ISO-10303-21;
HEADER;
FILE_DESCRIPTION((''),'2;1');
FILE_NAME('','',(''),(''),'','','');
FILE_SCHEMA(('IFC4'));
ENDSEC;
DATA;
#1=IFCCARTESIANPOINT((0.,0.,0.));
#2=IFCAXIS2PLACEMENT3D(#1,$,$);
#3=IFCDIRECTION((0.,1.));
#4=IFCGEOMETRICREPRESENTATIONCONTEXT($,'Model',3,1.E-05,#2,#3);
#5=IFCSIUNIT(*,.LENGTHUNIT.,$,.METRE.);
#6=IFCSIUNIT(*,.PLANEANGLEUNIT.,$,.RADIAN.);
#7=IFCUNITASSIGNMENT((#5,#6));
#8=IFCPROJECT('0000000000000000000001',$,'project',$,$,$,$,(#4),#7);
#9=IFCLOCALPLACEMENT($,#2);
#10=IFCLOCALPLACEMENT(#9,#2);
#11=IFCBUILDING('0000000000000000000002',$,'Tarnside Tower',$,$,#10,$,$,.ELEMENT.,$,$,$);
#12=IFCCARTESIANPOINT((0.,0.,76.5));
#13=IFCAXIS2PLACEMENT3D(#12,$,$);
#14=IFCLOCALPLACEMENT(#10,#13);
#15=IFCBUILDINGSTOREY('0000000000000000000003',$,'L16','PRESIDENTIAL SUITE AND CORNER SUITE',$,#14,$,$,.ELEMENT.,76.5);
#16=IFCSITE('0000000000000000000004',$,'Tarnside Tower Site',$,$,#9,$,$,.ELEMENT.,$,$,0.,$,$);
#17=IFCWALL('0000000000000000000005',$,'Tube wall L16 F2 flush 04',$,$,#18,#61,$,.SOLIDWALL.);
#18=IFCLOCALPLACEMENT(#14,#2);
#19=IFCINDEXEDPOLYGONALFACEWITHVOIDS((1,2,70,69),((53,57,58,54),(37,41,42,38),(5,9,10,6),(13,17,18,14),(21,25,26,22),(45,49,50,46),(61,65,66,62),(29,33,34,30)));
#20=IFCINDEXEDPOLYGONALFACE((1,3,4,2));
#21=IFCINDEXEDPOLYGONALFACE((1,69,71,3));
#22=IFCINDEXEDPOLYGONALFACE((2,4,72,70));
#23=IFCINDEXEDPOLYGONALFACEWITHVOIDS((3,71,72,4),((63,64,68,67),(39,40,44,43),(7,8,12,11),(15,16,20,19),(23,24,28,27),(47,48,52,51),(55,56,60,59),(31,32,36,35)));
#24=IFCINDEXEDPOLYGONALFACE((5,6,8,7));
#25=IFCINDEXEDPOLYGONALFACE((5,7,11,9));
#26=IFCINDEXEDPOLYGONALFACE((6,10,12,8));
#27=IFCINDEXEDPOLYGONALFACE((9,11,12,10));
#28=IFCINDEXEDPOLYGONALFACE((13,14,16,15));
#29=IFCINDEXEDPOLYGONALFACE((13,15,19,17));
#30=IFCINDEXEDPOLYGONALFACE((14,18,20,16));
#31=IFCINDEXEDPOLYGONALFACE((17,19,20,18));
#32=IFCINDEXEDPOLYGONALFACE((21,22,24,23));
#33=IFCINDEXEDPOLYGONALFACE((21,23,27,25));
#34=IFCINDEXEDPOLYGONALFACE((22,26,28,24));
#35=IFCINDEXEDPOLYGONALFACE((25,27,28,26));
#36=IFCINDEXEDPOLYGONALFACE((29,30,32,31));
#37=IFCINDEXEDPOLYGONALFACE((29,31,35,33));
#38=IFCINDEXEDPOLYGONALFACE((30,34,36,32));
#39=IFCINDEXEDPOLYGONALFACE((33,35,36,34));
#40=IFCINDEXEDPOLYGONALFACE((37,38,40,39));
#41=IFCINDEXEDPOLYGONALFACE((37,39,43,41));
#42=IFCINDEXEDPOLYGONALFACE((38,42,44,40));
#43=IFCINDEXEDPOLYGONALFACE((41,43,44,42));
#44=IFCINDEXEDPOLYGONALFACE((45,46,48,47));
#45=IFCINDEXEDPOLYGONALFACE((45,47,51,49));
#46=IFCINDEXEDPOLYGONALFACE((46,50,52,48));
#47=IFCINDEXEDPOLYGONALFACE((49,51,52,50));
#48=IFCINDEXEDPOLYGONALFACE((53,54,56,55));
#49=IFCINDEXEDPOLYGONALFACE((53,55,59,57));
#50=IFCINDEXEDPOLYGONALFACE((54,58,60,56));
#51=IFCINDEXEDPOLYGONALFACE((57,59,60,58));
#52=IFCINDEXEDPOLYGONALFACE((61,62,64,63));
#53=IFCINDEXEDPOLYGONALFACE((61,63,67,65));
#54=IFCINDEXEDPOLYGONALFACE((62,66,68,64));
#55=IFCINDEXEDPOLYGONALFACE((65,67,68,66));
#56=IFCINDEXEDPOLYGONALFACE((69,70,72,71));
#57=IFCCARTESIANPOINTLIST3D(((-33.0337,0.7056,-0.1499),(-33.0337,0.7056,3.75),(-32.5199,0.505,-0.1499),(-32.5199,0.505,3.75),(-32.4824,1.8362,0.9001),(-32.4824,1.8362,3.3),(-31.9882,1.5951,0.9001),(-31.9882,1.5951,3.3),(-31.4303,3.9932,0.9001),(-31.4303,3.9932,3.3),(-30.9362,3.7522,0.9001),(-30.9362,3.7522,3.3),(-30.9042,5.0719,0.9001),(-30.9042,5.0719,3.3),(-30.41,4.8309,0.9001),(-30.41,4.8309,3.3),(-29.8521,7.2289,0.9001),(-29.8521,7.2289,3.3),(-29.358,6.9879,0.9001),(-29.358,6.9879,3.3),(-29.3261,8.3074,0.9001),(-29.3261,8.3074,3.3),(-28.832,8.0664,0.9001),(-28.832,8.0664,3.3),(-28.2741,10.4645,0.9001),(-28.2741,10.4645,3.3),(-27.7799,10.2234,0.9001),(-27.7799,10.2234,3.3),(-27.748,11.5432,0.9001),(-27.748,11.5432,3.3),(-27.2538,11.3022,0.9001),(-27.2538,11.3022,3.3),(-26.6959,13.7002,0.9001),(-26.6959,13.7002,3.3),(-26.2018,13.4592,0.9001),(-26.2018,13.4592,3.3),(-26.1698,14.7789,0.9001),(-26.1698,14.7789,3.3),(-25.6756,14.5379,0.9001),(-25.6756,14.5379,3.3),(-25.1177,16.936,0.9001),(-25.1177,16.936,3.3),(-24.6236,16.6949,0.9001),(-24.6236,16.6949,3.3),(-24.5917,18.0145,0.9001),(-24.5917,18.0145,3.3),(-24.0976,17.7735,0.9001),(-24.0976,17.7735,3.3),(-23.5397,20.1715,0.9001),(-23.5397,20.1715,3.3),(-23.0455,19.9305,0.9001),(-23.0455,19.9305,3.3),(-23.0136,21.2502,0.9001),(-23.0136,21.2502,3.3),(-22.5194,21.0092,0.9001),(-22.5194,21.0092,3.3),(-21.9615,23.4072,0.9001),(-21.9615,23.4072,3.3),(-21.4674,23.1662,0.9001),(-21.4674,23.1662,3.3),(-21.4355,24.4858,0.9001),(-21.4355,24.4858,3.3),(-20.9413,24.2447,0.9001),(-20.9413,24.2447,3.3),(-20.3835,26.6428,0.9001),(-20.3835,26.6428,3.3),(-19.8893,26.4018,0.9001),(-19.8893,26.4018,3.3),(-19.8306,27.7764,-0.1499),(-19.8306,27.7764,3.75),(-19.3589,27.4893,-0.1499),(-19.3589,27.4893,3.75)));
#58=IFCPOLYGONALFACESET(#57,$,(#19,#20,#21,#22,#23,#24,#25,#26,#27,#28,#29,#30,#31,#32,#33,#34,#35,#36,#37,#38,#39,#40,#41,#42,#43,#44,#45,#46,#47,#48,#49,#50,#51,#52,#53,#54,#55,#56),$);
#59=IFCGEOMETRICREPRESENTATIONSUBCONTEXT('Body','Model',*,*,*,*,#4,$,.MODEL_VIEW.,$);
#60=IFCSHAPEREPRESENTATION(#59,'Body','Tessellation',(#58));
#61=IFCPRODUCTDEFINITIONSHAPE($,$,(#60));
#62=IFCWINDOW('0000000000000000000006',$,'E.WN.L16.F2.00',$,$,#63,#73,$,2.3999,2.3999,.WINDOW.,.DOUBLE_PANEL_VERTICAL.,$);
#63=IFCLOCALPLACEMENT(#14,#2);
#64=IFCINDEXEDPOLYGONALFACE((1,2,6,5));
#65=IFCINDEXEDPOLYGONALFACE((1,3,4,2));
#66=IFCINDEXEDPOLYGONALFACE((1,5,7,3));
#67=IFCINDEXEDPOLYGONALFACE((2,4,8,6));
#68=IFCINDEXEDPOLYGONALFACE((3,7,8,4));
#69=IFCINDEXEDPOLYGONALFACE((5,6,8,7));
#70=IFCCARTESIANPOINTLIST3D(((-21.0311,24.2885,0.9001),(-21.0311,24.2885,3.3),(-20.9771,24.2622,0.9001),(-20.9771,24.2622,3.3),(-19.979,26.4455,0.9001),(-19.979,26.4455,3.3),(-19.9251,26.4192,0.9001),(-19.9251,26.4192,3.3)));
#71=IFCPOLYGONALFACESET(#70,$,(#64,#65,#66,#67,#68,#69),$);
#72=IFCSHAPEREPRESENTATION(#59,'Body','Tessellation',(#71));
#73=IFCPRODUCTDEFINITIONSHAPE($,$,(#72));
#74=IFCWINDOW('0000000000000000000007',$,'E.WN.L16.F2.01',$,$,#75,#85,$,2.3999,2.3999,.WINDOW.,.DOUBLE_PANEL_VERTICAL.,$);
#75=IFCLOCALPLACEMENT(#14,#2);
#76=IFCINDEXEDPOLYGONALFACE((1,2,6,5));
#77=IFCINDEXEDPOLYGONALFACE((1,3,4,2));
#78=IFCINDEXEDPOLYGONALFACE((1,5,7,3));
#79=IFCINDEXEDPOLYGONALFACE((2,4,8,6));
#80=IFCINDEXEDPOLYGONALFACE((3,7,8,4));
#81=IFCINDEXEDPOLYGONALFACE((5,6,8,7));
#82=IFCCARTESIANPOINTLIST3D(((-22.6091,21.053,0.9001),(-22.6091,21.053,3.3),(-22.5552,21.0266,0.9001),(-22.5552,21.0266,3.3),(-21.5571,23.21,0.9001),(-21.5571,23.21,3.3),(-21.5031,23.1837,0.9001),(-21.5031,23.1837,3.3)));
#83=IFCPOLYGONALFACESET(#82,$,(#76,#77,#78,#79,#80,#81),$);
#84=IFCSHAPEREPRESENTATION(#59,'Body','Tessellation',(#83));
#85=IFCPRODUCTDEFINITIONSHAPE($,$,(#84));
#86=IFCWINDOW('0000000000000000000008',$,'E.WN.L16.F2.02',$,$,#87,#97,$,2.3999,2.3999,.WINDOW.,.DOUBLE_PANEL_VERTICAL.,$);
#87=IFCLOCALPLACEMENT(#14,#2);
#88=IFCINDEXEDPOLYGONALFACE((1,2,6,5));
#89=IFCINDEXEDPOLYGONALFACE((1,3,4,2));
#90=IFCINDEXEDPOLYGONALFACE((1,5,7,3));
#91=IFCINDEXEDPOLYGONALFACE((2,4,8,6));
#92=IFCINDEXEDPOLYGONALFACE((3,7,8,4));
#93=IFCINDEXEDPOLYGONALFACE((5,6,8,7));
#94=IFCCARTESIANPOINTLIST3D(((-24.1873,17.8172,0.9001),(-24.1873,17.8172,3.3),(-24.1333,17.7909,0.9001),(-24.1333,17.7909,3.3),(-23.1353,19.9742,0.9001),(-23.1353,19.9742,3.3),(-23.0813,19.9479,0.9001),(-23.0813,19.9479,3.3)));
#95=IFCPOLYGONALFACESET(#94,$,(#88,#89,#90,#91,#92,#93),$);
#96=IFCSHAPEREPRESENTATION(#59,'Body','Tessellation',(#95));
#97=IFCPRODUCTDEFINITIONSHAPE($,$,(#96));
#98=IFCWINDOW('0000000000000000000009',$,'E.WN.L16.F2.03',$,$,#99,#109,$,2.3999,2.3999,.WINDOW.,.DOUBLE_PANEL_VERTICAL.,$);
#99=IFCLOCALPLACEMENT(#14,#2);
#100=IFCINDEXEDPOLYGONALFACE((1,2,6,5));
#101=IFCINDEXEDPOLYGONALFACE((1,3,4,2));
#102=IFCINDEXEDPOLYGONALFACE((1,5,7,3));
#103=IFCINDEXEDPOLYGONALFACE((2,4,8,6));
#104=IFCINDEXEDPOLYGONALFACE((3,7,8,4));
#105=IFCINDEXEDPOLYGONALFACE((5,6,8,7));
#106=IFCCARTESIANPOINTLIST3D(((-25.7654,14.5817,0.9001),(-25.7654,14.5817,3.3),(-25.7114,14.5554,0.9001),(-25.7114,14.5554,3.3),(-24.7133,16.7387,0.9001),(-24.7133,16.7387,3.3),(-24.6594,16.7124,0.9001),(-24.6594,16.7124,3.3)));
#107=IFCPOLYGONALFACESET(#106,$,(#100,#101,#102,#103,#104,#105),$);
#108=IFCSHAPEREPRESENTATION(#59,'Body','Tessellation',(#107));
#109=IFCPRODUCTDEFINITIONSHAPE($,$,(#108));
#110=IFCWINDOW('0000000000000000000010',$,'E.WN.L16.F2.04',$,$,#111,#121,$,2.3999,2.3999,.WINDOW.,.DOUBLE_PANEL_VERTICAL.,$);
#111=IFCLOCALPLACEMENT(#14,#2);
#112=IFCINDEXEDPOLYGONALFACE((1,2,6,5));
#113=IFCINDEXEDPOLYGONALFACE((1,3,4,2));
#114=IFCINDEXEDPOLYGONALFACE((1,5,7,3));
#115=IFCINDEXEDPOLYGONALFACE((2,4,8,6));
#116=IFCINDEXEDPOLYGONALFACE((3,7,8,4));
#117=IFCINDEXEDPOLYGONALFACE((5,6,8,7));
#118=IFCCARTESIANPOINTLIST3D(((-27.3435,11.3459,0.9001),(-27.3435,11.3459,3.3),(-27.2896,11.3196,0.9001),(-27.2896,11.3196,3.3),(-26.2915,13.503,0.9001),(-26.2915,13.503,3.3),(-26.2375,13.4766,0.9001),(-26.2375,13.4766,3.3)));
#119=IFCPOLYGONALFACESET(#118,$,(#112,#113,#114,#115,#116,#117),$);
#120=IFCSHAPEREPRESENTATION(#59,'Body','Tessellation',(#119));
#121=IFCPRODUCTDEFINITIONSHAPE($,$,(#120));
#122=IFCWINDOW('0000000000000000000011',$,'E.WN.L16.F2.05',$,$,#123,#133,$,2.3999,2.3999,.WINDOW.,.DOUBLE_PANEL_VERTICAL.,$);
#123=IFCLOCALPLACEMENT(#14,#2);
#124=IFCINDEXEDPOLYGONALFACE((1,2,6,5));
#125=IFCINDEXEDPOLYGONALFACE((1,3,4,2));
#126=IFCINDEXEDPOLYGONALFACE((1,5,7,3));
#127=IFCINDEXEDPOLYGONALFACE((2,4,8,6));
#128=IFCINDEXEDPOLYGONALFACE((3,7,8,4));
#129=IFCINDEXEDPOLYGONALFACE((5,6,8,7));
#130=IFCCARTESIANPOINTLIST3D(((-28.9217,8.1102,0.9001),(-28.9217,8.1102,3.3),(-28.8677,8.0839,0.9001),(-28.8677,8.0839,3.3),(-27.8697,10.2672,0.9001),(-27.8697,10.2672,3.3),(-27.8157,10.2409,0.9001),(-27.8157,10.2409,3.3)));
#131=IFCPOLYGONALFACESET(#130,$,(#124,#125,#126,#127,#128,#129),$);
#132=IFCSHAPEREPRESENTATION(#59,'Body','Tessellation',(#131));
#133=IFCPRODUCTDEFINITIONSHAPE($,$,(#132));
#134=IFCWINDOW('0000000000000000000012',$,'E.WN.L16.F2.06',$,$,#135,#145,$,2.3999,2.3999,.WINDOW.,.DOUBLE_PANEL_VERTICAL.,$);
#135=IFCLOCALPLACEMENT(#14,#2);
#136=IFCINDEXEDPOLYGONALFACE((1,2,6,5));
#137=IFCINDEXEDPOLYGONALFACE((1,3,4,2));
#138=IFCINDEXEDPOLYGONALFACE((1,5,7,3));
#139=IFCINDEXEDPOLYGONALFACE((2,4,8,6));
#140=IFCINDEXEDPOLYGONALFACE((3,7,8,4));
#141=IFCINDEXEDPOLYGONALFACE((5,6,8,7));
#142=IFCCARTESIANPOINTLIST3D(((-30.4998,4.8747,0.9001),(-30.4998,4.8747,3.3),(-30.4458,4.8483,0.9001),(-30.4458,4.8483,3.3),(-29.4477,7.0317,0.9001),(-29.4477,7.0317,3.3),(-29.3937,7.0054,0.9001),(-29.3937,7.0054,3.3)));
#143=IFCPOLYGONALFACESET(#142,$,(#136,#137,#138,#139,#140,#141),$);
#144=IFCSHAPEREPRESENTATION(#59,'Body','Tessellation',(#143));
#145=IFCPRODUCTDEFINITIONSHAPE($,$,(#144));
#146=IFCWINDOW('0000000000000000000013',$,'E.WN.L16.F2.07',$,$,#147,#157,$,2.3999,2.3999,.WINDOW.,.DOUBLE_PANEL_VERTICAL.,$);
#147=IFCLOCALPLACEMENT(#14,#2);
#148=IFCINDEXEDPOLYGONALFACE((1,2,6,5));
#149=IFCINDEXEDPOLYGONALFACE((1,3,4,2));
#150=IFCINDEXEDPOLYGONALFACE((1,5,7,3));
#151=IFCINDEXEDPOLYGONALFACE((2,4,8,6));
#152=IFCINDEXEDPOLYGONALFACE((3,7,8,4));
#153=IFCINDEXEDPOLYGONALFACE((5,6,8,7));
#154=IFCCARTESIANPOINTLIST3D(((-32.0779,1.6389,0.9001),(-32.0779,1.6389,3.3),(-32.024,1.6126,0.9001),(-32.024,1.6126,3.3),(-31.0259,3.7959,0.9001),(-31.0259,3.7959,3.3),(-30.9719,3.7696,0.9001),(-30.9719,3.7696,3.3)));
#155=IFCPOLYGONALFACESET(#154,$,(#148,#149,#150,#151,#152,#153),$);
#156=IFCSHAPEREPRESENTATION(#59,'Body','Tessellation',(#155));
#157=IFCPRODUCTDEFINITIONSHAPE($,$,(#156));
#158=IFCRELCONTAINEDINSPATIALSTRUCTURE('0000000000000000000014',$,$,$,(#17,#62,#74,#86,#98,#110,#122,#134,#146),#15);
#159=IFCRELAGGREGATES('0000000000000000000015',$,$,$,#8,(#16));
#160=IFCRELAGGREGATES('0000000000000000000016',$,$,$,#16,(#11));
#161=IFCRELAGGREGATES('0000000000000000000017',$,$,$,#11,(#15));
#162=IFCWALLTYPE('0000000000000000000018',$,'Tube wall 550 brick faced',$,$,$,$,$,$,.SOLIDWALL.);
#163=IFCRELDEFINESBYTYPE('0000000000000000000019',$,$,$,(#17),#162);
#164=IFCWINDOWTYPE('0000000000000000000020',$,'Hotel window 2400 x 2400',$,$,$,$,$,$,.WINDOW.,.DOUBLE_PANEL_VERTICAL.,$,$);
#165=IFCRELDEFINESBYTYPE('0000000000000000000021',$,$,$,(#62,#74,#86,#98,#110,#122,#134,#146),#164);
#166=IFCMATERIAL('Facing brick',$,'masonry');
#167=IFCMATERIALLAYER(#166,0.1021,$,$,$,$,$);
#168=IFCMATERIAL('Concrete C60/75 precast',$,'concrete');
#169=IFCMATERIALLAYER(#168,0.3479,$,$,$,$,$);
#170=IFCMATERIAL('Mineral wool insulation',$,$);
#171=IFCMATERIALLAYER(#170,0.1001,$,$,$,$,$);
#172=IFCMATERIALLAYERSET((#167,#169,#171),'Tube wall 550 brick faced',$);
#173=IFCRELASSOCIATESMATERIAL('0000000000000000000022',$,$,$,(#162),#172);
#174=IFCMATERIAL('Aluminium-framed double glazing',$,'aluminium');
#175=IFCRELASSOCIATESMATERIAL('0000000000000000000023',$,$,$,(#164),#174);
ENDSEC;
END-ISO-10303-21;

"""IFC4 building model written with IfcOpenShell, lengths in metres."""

from ifc_helpers import new_model, si_unit, direction, frame, frame_2d, origin, place, context, subcontext, project, spatial, polyline, rectangle, outline, extrude, material, layer, layer_set, type_object, element, fill, save


model = new_model("IFC4")

# Units and contexts
model_context = context("Model", 3, precision=1e-05, world=origin(), true_north=direction((0.0, 1.0)))
body_context = subcontext(model_context, "Body", "Model", "MODEL_VIEW")
ifc_project = project(units=[si_unit("LENGTHUNIT", "METRE"), si_unit("PLANEANGLEUNIT", "RADIAN")], contexts=[model_context])

# Site, building, storey
site_placement = place(None, origin())
site = spatial("IfcSite", under=ifc_project, at=site_placement, Name="Tarnside Tower Site", CompositionType="ELEMENT", RefElevation=0.0)
building_placement = place(site_placement, origin())
building = spatial("IfcBuilding", under=site, at=building_placement, Name="Tarnside Tower", CompositionType="ELEMENT")
storey_placement = place(building_placement, frame((0.0, 0.0, 76.5)))
storey = spatial("IfcBuildingStorey", under=building, at=storey_placement, Name="L16", Description="PRESIDENTIAL SUITE AND CORNER SUITE", CompositionType="ELEMENT", Elevation=76.5)

# Shared definitions
ifc_material_1 = material(Name="Facing brick", Category="masonry")
ifc_layer_1 = layer(ifc_material_1, 0.1021)
ifc_material_2 = material(Name="Concrete C60/75 precast", Category="concrete")
ifc_layer_2 = layer(ifc_material_2, 0.3479)
ifc_material_3 = material(Name="Mineral wool insulation")
ifc_layer_3 = layer(ifc_material_3, 0.1001)
ifc_layer_set_1 = layer_set([ifc_layer_1, ifc_layer_2, ifc_layer_3], Name="Tube wall 550 brick faced")
wall_type_1 = type_object("IfcWallType", Name="Tube wall 550 brick faced", PredefinedType="SOLIDWALL", material=ifc_layer_set_1)

# Wall, openings, windows
wall_1_placement = place(storey_placement, frame((-19.5947, 27.6328, -0.1499), z_axis=(0.0, 0.0, 1.0), x_axis=(-0.438368, -0.898795, 0.0)))
wall_1 = element("IfcWall", 1, at=wall_1_placement, inside=storey, type_object=wall_type_1, Name="Tube wall L16 F2 flush 04", PredefinedType="SOLIDWALL", context=body_context, shape_type="SweptSolid", body=[
    extrude(outline(polyline([(-0.0256, -0.2749), (30.0933, -0.2749), (30.0483, 0.2749), (0.0256, 0.2749), (-0.0256, -0.2749)])), origin(), (0.0, 0.0, 1.0), 3.8999),
])
opening_1_placement = place(wall_1_placement, frame((1.2356, 0.0, 1.05)))
opening_1 = element("IfcOpeningElement", 2, at=opening_1_placement, cuts=wall_1, PredefinedType="OPENING", context=body_context, shape_type="SweptSolid", body=[
    extrude(rectangle(XDim=2.3999, YDim=2.3999, at=frame_2d((1.2, 1.2))), frame((0.0, 0.2852, 0.0), z_axis=(0.0, -1.0, 0.0), x_axis=(1.0, 0.0, 0.0)), (0.0, 0.0, 1.0), 0.5701),
])
opening_2_placement = place(wall_1_placement, frame((4.8354, 0.0, 1.05)))
opening_2 = element("IfcOpeningElement", 3, at=opening_2_placement, cuts=wall_1, PredefinedType="OPENING", context=body_context, shape_type="SweptSolid", body=[
    extrude(rectangle(XDim=2.3999, YDim=2.3999, at=frame_2d((1.2, 1.2))), frame((0.0, 0.2852, 0.0), z_axis=(0.0, -1.0, 0.0), x_axis=(1.0, 0.0, 0.0)), (0.0, 0.0, 1.0), 0.5701),
])
opening_3_placement = place(wall_1_placement, frame((8.4355, 0.0, 1.05)))
opening_3 = element("IfcOpeningElement", 4, at=opening_3_placement, cuts=wall_1, PredefinedType="OPENING", context=body_context, shape_type="SweptSolid", body=[
    extrude(rectangle(XDim=2.3999, YDim=2.3999, at=frame_2d((1.2, 1.2))), frame((0.0, 0.2852, 0.0), z_axis=(0.0, -1.0, 0.0), x_axis=(1.0, 0.0, 0.0)), (0.0, 0.0, 1.0), 0.5701),
])
opening_4_placement = place(wall_1_placement, frame((12.0354, 0.0, 1.05)))
opening_4 = element("IfcOpeningElement", 5, at=opening_4_placement, cuts=wall_1, PredefinedType="OPENING", context=body_context, shape_type="SweptSolid", body=[
    extrude(rectangle(XDim=2.3999, YDim=2.3999, at=frame_2d((1.2, 1.2))), frame((0.0, 0.2852, 0.0), z_axis=(0.0, -1.0, 0.0), x_axis=(1.0, 0.0, 0.0)), (0.0, 0.0, 1.0), 0.5701),
])
opening_5_placement = place(wall_1_placement, frame((15.6355, 0.0, 1.05)))
opening_5 = element("IfcOpeningElement", 6, at=opening_5_placement, cuts=wall_1, PredefinedType="OPENING", context=body_context, shape_type="SweptSolid", body=[
    extrude(rectangle(XDim=2.3999, YDim=2.3999, at=frame_2d((1.2, 1.2))), frame((0.0, 0.2852, 0.0), z_axis=(0.0, -1.0, 0.0), x_axis=(1.0, 0.0, 0.0)), (0.0, 0.0, 1.0), 0.5701),
])
opening_6_placement = place(wall_1_placement, frame((19.2356, 0.0, 1.05)))
opening_6 = element("IfcOpeningElement", 7, at=opening_6_placement, cuts=wall_1, PredefinedType="OPENING", context=body_context, shape_type="SweptSolid", body=[
    extrude(rectangle(XDim=2.3999, YDim=2.3999, at=frame_2d((1.2, 1.2))), frame((0.0, 0.2852, 0.0), z_axis=(0.0, -1.0, 0.0), x_axis=(1.0, 0.0, 0.0)), (0.0, 0.0, 1.0), 0.5701),
])
opening_7_placement = place(wall_1_placement, frame((22.8354, 0.0, 1.05)))
opening_7 = element("IfcOpeningElement", 8, at=opening_7_placement, cuts=wall_1, PredefinedType="OPENING", context=body_context, shape_type="SweptSolid", body=[
    extrude(rectangle(XDim=2.3999, YDim=2.3999, at=frame_2d((1.2, 1.2))), frame((0.0, 0.2852, 0.0), z_axis=(0.0, -1.0, 0.0), x_axis=(1.0, 0.0, 0.0)), (0.0, 0.0, 1.0), 0.5701),
])
opening_8_placement = place(wall_1_placement, frame((26.4355, 0.0, 1.05)))
opening_8 = element("IfcOpeningElement", 9, at=opening_8_placement, cuts=wall_1, PredefinedType="OPENING", context=body_context, shape_type="SweptSolid", body=[
    extrude(rectangle(XDim=2.3999, YDim=2.3999, at=frame_2d((1.2, 1.2))), frame((0.0, 0.2852, 0.0), z_axis=(0.0, -1.0, 0.0), x_axis=(1.0, 0.0, 0.0)), (0.0, 0.0, 1.0), 0.5701),
])
ifc_material_4 = material(Name="Aluminium-framed double glazing", Category="aluminium")
window_type = type_object("IfcWindowType", Name="Hotel window 2400 x 2400", PartitioningType="DOUBLE_PANEL_VERTICAL", PredefinedType="WINDOW", material=ifc_material_4)
window_1_placement = place(opening_1_placement, frame((0.0, 0.2051, 0.0)))
window_1 = element("IfcWindow", 10, at=window_1_placement, inside=storey, type_object=window_type, Name="E.WN.L16.F2.00", OverallHeight=2.3999, OverallWidth=2.3999, PartitioningType="DOUBLE_PANEL_VERTICAL", PredefinedType="WINDOW", context=body_context, shape_type="SweptSolid", body=[
    extrude(rectangle(XDim=2.3999, YDim=2.3999, at=frame_2d((1.2, 1.2))), frame((0.0, 0.03, 0.0), z_axis=(0.0, -1.0, 0.0), x_axis=(1.0, 0.0, 0.0)), (0.0, 0.0, 1.0), 0.0601),
])
fill(opening_1, window_1)
window_2_placement = place(opening_2_placement, frame((0.0, 0.2051, 0.0)))
window_2 = element("IfcWindow", 11, at=window_2_placement, inside=storey, type_object=window_type, Name="E.WN.L16.F2.01", OverallHeight=2.3999, OverallWidth=2.3999, PartitioningType="DOUBLE_PANEL_VERTICAL", PredefinedType="WINDOW", context=body_context, shape_type="SweptSolid", body=[
    extrude(rectangle(XDim=2.3999, YDim=2.3999, at=frame_2d((1.2, 1.2))), frame((0.0, 0.03, 0.0), z_axis=(0.0, -1.0, 0.0), x_axis=(1.0, 0.0, 0.0)), (0.0, 0.0, 1.0), 0.0601),
])
fill(opening_2, window_2)
window_3_placement = place(opening_3_placement, frame((0.0, 0.2051, 0.0)))
window_3 = element("IfcWindow", 12, at=window_3_placement, inside=storey, type_object=window_type, Name="E.WN.L16.F2.02", OverallHeight=2.3999, OverallWidth=2.3999, PartitioningType="DOUBLE_PANEL_VERTICAL", PredefinedType="WINDOW", context=body_context, shape_type="SweptSolid", body=[
    extrude(rectangle(XDim=2.3999, YDim=2.3999, at=frame_2d((1.2, 1.2))), frame((0.0, 0.03, 0.0), z_axis=(0.0, -1.0, 0.0), x_axis=(1.0, 0.0, 0.0)), (0.0, 0.0, 1.0), 0.0601),
])
fill(opening_3, window_3)
window_4_placement = place(opening_4_placement, frame((0.0, 0.2051, 0.0)))
window_4 = element("IfcWindow", 13, at=window_4_placement, inside=storey, type_object=window_type, Name="E.WN.L16.F2.03", OverallHeight=2.3999, OverallWidth=2.3999, PartitioningType="DOUBLE_PANEL_VERTICAL", PredefinedType="WINDOW", context=body_context, shape_type="SweptSolid", body=[
    extrude(rectangle(XDim=2.3999, YDim=2.3999, at=frame_2d((1.2, 1.2))), frame((0.0, 0.03, 0.0), z_axis=(0.0, -1.0, 0.0), x_axis=(1.0, 0.0, 0.0)), (0.0, 0.0, 1.0), 0.0601),
])
fill(opening_4, window_4)
window_5_placement = place(opening_5_placement, frame((0.0, 0.2051, 0.0)))
window_5 = element("IfcWindow", 14, at=window_5_placement, inside=storey, type_object=window_type, Name="E.WN.L16.F2.04", OverallHeight=2.3999, OverallWidth=2.3999, PartitioningType="DOUBLE_PANEL_VERTICAL", PredefinedType="WINDOW", context=body_context, shape_type="SweptSolid", body=[
    extrude(rectangle(XDim=2.3999, YDim=2.3999, at=frame_2d((1.2, 1.2))), frame((0.0, 0.03, 0.0), z_axis=(0.0, -1.0, 0.0), x_axis=(1.0, 0.0, 0.0)), (0.0, 0.0, 1.0), 0.0601),
])
fill(opening_5, window_5)
window_6_placement = place(opening_6_placement, frame((0.0, 0.2051, 0.0)))
window_6 = element("IfcWindow", 15, at=window_6_placement, inside=storey, type_object=window_type, Name="E.WN.L16.F2.05", OverallHeight=2.3999, OverallWidth=2.3999, PartitioningType="DOUBLE_PANEL_VERTICAL", PredefinedType="WINDOW", context=body_context, shape_type="SweptSolid", body=[
    extrude(rectangle(XDim=2.3999, YDim=2.3999, at=frame_2d((1.2, 1.2))), frame((0.0, 0.03, 0.0), z_axis=(0.0, -1.0, 0.0), x_axis=(1.0, 0.0, 0.0)), (0.0, 0.0, 1.0), 0.0601),
])
fill(opening_6, window_6)
window_7_placement = place(opening_7_placement, frame((0.0, 0.2051, 0.0)))
window_7 = element("IfcWindow", 16, at=window_7_placement, inside=storey, type_object=window_type, Name="E.WN.L16.F2.06", OverallHeight=2.3999, OverallWidth=2.3999, PartitioningType="DOUBLE_PANEL_VERTICAL", PredefinedType="WINDOW", context=body_context, shape_type="SweptSolid", body=[
    extrude(rectangle(XDim=2.3999, YDim=2.3999, at=frame_2d((1.2, 1.2))), frame((0.0, 0.03, 0.0), z_axis=(0.0, -1.0, 0.0), x_axis=(1.0, 0.0, 0.0)), (0.0, 0.0, 1.0), 0.0601),
])
fill(opening_7, window_7)
window_8_placement = place(opening_8_placement, frame((0.0, 0.2051, 0.0)))
window_8 = element("IfcWindow", 17, at=window_8_placement, inside=storey, type_object=window_type, Name="E.WN.L16.F2.07", OverallHeight=2.3999, OverallWidth=2.3999, PartitioningType="DOUBLE_PANEL_VERTICAL", PredefinedType="WINDOW", context=body_context, shape_type="SweptSolid", body=[
    extrude(rectangle(XDim=2.3999, YDim=2.3999, at=frame_2d((1.2, 1.2))), frame((0.0, 0.03, 0.0), z_axis=(0.0, -1.0, 0.0), x_axis=(1.0, 0.0, 0.0)), (0.0, 0.0, 1.0), 0.0601),
])
fill(opening_8, window_8)

save(model, "model.ifc")
